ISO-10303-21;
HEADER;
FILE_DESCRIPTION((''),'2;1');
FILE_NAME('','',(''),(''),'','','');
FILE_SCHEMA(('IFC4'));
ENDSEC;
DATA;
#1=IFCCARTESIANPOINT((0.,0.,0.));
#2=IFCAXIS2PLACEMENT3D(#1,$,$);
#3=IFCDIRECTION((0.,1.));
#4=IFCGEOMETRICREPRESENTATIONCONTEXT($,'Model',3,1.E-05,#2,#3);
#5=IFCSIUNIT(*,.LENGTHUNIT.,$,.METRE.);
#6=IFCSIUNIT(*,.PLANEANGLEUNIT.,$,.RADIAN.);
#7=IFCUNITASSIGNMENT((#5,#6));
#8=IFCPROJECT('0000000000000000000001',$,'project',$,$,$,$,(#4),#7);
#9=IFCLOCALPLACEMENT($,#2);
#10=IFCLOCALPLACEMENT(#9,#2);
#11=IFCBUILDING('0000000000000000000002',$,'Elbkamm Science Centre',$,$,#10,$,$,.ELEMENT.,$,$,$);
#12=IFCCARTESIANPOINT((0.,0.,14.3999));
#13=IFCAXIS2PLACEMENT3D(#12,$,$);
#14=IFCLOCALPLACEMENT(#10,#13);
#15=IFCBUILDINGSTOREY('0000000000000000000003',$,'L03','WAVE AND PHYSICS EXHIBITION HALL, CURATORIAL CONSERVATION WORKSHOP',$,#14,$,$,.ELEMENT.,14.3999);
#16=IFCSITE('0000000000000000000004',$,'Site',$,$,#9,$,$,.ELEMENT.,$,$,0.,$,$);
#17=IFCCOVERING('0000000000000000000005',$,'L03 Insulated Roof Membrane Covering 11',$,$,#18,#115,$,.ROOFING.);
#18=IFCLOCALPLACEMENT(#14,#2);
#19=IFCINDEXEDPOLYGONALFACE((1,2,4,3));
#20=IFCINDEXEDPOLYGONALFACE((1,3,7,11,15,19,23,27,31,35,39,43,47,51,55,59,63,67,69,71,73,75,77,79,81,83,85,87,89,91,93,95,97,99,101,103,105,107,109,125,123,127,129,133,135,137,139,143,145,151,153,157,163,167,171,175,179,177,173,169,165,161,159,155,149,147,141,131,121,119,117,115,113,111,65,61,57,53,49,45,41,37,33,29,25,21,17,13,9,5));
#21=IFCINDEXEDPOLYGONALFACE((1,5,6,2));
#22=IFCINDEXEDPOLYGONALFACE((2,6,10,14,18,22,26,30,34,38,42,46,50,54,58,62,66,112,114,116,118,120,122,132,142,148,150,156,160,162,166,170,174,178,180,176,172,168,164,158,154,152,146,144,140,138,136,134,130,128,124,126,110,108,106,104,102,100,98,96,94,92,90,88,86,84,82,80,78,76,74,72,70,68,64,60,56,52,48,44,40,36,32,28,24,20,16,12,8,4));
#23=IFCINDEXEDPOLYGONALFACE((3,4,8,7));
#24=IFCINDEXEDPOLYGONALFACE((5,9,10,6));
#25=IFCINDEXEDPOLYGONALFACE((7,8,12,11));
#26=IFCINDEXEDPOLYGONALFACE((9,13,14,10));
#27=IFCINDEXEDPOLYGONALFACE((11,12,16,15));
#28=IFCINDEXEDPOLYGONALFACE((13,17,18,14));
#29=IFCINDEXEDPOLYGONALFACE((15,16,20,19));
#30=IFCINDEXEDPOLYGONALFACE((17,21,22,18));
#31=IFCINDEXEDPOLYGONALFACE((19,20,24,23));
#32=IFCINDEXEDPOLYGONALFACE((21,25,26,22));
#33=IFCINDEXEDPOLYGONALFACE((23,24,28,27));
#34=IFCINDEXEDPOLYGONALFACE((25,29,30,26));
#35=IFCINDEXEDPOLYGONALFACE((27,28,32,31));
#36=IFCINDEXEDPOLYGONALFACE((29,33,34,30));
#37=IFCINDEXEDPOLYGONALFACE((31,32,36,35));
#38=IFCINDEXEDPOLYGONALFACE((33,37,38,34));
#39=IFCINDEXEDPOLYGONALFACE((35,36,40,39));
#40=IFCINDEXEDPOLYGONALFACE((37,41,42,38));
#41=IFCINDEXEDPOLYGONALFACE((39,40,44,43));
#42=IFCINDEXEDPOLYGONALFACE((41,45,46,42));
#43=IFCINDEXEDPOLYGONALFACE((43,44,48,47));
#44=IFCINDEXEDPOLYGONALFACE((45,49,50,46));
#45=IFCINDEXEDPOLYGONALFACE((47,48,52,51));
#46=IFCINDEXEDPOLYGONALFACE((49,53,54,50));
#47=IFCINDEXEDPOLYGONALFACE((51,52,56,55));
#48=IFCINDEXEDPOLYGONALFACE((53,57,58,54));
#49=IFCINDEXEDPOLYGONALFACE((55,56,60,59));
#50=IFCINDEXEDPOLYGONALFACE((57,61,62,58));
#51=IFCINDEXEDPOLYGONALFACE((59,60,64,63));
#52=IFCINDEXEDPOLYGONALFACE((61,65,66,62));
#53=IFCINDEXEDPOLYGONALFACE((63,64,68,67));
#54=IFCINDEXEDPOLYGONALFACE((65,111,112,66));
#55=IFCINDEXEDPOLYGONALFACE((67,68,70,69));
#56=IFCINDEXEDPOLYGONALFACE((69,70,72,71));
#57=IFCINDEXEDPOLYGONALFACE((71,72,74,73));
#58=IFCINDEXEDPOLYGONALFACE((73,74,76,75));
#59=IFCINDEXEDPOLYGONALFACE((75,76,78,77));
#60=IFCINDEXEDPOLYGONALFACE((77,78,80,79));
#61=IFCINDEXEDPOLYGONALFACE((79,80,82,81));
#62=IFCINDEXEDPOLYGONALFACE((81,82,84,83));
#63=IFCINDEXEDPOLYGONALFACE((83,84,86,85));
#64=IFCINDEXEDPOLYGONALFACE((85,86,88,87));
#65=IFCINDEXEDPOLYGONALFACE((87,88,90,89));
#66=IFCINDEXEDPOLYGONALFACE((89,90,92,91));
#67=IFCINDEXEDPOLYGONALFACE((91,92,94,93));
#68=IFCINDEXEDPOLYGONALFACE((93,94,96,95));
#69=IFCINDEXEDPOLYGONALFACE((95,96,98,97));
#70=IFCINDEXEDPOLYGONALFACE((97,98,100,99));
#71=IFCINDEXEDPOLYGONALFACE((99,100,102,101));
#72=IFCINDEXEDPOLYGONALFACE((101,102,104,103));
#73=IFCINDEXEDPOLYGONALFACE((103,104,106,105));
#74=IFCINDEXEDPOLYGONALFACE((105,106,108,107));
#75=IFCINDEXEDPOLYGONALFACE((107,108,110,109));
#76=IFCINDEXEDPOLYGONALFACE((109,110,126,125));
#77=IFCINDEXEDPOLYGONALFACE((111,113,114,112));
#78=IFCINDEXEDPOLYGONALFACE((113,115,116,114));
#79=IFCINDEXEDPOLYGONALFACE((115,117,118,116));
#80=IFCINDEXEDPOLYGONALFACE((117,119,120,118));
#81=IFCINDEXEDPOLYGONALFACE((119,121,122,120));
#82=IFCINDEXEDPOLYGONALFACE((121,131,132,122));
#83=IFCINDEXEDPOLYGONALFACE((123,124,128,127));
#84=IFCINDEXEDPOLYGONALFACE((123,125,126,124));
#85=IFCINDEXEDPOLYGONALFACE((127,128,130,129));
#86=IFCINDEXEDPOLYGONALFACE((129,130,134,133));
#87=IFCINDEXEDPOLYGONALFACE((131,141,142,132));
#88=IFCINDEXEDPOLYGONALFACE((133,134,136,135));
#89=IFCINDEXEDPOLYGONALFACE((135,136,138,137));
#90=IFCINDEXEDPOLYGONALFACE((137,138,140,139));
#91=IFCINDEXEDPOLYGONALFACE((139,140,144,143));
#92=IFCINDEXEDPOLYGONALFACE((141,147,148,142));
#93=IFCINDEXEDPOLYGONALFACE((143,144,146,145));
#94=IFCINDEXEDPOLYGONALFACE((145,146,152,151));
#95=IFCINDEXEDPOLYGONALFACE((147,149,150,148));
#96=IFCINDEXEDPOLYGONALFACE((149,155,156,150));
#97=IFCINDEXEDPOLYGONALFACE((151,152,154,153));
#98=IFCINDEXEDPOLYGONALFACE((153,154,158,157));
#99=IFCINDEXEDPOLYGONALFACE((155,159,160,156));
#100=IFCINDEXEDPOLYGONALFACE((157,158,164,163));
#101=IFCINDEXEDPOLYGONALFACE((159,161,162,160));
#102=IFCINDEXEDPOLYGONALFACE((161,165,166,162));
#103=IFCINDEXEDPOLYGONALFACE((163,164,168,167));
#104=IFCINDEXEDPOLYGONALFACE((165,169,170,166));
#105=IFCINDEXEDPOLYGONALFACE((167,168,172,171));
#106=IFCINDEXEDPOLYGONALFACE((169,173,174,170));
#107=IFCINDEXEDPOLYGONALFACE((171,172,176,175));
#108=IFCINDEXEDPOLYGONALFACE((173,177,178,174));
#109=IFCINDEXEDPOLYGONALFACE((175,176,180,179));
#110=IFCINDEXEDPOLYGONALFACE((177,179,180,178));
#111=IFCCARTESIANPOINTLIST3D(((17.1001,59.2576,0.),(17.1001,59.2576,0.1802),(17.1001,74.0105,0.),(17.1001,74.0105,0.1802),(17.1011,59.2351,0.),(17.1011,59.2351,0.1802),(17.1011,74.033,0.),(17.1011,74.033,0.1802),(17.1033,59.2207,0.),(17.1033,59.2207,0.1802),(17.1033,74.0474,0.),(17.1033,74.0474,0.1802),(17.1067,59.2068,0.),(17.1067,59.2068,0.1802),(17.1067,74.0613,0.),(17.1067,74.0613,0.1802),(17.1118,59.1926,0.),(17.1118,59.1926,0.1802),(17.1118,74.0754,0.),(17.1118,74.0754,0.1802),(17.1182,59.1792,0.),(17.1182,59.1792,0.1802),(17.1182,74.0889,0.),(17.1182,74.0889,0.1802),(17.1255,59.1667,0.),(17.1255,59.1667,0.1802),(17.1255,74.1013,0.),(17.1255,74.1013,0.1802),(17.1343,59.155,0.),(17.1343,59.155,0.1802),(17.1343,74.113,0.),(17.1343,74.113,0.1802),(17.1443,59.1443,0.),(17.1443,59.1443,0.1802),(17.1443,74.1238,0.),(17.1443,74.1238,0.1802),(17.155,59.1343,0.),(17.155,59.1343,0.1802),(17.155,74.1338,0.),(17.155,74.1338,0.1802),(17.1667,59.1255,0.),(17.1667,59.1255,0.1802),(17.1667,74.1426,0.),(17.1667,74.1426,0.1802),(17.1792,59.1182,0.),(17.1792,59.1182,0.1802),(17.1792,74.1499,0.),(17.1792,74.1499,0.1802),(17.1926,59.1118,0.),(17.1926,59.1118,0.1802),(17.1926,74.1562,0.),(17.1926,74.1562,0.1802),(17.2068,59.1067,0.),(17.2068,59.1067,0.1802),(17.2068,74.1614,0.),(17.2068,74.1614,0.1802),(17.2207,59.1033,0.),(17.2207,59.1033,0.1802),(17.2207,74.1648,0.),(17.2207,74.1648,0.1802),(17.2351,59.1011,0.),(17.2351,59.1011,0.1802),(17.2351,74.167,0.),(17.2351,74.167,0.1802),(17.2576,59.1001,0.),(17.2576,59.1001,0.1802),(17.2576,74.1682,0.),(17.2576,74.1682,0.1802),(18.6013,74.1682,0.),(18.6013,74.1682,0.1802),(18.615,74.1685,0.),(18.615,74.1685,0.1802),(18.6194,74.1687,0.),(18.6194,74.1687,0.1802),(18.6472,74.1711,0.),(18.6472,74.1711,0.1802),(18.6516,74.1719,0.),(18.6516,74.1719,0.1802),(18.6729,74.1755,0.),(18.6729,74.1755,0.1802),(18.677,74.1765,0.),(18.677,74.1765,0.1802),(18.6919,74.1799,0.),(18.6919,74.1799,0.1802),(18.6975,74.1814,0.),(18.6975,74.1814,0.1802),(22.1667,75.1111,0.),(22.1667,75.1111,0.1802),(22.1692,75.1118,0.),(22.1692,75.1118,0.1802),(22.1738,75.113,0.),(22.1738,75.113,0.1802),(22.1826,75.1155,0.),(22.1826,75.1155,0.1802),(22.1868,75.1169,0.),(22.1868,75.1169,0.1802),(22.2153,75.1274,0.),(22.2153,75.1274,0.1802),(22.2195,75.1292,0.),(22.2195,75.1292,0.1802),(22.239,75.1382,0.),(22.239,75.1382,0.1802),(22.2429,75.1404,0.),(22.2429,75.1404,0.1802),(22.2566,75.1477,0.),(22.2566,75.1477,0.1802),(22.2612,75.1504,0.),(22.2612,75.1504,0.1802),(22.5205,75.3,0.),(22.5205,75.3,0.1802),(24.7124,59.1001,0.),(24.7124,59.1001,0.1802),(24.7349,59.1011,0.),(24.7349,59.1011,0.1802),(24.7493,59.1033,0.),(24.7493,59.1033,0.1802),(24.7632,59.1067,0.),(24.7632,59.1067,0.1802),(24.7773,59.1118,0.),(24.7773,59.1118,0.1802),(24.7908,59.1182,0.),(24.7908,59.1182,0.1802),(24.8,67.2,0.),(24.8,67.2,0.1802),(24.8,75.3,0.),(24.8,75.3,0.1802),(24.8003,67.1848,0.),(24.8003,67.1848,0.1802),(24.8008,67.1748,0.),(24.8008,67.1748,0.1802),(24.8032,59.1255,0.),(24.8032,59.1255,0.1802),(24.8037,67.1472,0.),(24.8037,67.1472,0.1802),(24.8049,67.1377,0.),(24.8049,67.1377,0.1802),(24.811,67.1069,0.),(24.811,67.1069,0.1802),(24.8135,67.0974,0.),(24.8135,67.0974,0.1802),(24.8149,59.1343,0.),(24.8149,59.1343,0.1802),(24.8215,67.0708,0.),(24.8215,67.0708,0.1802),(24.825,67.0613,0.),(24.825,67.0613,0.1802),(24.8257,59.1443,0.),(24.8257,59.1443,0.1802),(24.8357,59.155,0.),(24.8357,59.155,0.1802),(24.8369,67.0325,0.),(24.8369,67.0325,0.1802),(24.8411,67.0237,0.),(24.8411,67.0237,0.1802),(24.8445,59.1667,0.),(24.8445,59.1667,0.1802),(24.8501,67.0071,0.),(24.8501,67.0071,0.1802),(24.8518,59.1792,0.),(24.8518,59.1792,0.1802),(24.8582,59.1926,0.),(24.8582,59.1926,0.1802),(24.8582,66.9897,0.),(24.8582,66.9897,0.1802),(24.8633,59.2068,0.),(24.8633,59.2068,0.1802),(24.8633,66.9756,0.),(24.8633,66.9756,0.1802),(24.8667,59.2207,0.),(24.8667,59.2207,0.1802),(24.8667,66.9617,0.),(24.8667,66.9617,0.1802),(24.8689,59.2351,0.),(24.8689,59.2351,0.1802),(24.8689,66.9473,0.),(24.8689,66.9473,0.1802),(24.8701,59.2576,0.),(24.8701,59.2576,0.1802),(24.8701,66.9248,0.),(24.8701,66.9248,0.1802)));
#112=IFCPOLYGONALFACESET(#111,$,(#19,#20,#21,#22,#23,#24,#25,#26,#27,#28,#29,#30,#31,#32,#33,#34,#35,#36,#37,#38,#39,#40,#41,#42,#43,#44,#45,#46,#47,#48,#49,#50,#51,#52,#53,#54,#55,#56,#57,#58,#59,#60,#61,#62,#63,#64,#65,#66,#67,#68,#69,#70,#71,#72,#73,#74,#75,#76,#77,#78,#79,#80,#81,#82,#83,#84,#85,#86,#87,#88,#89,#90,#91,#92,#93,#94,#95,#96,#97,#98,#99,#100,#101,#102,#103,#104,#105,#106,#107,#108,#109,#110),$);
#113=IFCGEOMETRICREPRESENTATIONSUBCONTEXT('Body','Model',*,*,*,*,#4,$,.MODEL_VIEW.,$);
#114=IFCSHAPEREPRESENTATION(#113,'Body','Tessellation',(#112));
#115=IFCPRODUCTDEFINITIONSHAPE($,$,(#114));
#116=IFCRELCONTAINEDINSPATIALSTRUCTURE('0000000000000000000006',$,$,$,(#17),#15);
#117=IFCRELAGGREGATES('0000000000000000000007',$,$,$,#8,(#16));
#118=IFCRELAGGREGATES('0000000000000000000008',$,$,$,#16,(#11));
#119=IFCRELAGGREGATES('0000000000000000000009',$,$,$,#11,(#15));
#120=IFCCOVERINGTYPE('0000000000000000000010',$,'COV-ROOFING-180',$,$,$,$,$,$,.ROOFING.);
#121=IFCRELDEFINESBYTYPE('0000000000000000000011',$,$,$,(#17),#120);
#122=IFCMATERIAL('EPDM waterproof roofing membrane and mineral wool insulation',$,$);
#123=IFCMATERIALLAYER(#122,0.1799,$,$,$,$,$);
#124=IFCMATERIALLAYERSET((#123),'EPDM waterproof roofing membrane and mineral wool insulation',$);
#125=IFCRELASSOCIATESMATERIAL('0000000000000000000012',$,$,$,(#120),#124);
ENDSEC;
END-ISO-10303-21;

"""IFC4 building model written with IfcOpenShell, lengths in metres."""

from ifc_helpers import new_model, si_unit, direction, frame, origin, place, context, subcontext, project, spatial, polyline, outline, extrude, material, layer, layer_set, type_object, element, save


model = new_model("IFC4")

# Units and contexts
model_context = context("Model", 3, precision=1e-05, world=origin(), true_north=direction((0.0, 1.0)))
body_context = subcontext(model_context, "Body", "Model", "MODEL_VIEW")
ifc_project = project(units=[si_unit("LENGTHUNIT", "METRE"), si_unit("PLANEANGLEUNIT", "RADIAN")], contexts=[model_context])

# Site, building, storey
site_placement = place(None, origin())
site = spatial("IfcSite", under=ifc_project, at=site_placement, Name="Site", CompositionType="ELEMENT", RefElevation=0.0)
building_placement = place(site_placement, origin())
building = spatial("IfcBuilding", under=site, at=building_placement, Name="Elbkamm Science Centre", CompositionType="ELEMENT")
storey_placement = place(building_placement, frame((0.0, 0.0, 14.3999)))
storey = spatial("IfcBuildingStorey", under=building, at=storey_placement, Name="L03", Description="WAVE AND PHYSICS EXHIBITION HALL, CURATORIAL CONSERVATION WORKSHOP", CompositionType="ELEMENT", Elevation=14.3999)

# Covering
ifc_material_1 = material(Name="EPDM waterproof roofing membrane and mineral wool insulation")
ifc_layer_1 = layer(ifc_material_1, 0.1799)
ifc_layer_set_1 = layer_set([ifc_layer_1], Name="EPDM waterproof roofing membrane and mineral wool insulation")
covering_type = type_object("IfcCoveringType", Name="COV-ROOFING-180", PredefinedType="ROOFING", material=ifc_layer_set_1)
covering_1_placement = place(storey_placement, origin())
element("IfcCovering", 1, at=covering_1_placement, inside=storey, type_object=covering_type, Name="L03 Insulated Roof Membrane Covering 11", PredefinedType="ROOFING", context=body_context, shape_type="SweptSolid", body=[
    extrude(outline(polyline([(24.8, 75.3), (24.8, 67.2), (24.8003, 67.1848), (24.8008, 67.1748), (24.8037, 67.1472), (24.8049, 67.1377), (24.811, 67.1069), (24.8135, 67.0974), (24.8215, 67.0708), (24.825, 67.0613), (24.8369, 67.0325), (24.8411, 67.0237), (24.8501, 67.0071), (24.8582, 66.9897), (24.8633, 66.9756), (24.8667, 66.9617), (24.8689, 66.9473), (24.8701, 66.9248), (24.8701, 59.2576), (24.8689, 59.2351), (24.8667, 59.2207), (24.8633, 59.2068), (24.8582, 59.1926), (24.8518, 59.1792), (24.8445, 59.1667), (24.8357, 59.155), (24.8257, 59.1443), (24.8149, 59.1343), (24.8032, 59.1255), (24.7908, 59.1182), (24.7773, 59.1118), (24.7632, 59.1067), (24.7493, 59.1033), (24.7349, 59.1011), (24.7124, 59.1001), (17.2576, 59.1001), (17.2351, 59.1011), (17.2207, 59.1033), (17.2068, 59.1067), (17.1926, 59.1118), (17.1792, 59.1182), (17.1667, 59.1255), (17.155, 59.1343), (17.1443, 59.1443), (17.1343, 59.155), (17.1255, 59.1667), (17.1182, 59.1792), (17.1118, 59.1926), (17.1067, 59.2068), (17.1033, 59.2207), (17.1011, 59.2351), (17.1001, 59.2576), (17.1001, 74.0105), (17.1011, 74.033), (17.1033, 74.0474), (17.1067, 74.0613), (17.1118, 74.0754), (17.1182, 74.0889), (17.1255, 74.1013), (17.1343, 74.113), (17.1443, 74.1238), (17.155, 74.1338), (17.1667, 74.1426), (17.1792, 74.1499), (17.1926, 74.1562), (17.2068, 74.1614), (17.2207, 74.1648), (17.2351, 74.167), (17.2576, 74.1682), (18.6013, 74.1682), (18.615, 74.1685), (18.6194, 74.1687), (18.6472, 74.1711), (18.6516, 74.1719), (18.6729, 74.1755), (18.677, 74.1765), (18.6919, 74.1799), (18.6975, 74.1814), (22.1667, 75.1111), (22.1692, 75.1118), (22.1738, 75.113), (22.1826, 75.1155), (22.1868, 75.1169), (22.2153, 75.1274), (22.2195, 75.1292), (22.239, 75.1382), (22.2429, 75.1404), (22.2566, 75.1477), (22.2612, 75.1504), (22.5205, 75.3), (24.8, 75.3)])), origin(), (0.0, 0.0, 1.0), 0.1802),
])

save(model, "model.ifc")
